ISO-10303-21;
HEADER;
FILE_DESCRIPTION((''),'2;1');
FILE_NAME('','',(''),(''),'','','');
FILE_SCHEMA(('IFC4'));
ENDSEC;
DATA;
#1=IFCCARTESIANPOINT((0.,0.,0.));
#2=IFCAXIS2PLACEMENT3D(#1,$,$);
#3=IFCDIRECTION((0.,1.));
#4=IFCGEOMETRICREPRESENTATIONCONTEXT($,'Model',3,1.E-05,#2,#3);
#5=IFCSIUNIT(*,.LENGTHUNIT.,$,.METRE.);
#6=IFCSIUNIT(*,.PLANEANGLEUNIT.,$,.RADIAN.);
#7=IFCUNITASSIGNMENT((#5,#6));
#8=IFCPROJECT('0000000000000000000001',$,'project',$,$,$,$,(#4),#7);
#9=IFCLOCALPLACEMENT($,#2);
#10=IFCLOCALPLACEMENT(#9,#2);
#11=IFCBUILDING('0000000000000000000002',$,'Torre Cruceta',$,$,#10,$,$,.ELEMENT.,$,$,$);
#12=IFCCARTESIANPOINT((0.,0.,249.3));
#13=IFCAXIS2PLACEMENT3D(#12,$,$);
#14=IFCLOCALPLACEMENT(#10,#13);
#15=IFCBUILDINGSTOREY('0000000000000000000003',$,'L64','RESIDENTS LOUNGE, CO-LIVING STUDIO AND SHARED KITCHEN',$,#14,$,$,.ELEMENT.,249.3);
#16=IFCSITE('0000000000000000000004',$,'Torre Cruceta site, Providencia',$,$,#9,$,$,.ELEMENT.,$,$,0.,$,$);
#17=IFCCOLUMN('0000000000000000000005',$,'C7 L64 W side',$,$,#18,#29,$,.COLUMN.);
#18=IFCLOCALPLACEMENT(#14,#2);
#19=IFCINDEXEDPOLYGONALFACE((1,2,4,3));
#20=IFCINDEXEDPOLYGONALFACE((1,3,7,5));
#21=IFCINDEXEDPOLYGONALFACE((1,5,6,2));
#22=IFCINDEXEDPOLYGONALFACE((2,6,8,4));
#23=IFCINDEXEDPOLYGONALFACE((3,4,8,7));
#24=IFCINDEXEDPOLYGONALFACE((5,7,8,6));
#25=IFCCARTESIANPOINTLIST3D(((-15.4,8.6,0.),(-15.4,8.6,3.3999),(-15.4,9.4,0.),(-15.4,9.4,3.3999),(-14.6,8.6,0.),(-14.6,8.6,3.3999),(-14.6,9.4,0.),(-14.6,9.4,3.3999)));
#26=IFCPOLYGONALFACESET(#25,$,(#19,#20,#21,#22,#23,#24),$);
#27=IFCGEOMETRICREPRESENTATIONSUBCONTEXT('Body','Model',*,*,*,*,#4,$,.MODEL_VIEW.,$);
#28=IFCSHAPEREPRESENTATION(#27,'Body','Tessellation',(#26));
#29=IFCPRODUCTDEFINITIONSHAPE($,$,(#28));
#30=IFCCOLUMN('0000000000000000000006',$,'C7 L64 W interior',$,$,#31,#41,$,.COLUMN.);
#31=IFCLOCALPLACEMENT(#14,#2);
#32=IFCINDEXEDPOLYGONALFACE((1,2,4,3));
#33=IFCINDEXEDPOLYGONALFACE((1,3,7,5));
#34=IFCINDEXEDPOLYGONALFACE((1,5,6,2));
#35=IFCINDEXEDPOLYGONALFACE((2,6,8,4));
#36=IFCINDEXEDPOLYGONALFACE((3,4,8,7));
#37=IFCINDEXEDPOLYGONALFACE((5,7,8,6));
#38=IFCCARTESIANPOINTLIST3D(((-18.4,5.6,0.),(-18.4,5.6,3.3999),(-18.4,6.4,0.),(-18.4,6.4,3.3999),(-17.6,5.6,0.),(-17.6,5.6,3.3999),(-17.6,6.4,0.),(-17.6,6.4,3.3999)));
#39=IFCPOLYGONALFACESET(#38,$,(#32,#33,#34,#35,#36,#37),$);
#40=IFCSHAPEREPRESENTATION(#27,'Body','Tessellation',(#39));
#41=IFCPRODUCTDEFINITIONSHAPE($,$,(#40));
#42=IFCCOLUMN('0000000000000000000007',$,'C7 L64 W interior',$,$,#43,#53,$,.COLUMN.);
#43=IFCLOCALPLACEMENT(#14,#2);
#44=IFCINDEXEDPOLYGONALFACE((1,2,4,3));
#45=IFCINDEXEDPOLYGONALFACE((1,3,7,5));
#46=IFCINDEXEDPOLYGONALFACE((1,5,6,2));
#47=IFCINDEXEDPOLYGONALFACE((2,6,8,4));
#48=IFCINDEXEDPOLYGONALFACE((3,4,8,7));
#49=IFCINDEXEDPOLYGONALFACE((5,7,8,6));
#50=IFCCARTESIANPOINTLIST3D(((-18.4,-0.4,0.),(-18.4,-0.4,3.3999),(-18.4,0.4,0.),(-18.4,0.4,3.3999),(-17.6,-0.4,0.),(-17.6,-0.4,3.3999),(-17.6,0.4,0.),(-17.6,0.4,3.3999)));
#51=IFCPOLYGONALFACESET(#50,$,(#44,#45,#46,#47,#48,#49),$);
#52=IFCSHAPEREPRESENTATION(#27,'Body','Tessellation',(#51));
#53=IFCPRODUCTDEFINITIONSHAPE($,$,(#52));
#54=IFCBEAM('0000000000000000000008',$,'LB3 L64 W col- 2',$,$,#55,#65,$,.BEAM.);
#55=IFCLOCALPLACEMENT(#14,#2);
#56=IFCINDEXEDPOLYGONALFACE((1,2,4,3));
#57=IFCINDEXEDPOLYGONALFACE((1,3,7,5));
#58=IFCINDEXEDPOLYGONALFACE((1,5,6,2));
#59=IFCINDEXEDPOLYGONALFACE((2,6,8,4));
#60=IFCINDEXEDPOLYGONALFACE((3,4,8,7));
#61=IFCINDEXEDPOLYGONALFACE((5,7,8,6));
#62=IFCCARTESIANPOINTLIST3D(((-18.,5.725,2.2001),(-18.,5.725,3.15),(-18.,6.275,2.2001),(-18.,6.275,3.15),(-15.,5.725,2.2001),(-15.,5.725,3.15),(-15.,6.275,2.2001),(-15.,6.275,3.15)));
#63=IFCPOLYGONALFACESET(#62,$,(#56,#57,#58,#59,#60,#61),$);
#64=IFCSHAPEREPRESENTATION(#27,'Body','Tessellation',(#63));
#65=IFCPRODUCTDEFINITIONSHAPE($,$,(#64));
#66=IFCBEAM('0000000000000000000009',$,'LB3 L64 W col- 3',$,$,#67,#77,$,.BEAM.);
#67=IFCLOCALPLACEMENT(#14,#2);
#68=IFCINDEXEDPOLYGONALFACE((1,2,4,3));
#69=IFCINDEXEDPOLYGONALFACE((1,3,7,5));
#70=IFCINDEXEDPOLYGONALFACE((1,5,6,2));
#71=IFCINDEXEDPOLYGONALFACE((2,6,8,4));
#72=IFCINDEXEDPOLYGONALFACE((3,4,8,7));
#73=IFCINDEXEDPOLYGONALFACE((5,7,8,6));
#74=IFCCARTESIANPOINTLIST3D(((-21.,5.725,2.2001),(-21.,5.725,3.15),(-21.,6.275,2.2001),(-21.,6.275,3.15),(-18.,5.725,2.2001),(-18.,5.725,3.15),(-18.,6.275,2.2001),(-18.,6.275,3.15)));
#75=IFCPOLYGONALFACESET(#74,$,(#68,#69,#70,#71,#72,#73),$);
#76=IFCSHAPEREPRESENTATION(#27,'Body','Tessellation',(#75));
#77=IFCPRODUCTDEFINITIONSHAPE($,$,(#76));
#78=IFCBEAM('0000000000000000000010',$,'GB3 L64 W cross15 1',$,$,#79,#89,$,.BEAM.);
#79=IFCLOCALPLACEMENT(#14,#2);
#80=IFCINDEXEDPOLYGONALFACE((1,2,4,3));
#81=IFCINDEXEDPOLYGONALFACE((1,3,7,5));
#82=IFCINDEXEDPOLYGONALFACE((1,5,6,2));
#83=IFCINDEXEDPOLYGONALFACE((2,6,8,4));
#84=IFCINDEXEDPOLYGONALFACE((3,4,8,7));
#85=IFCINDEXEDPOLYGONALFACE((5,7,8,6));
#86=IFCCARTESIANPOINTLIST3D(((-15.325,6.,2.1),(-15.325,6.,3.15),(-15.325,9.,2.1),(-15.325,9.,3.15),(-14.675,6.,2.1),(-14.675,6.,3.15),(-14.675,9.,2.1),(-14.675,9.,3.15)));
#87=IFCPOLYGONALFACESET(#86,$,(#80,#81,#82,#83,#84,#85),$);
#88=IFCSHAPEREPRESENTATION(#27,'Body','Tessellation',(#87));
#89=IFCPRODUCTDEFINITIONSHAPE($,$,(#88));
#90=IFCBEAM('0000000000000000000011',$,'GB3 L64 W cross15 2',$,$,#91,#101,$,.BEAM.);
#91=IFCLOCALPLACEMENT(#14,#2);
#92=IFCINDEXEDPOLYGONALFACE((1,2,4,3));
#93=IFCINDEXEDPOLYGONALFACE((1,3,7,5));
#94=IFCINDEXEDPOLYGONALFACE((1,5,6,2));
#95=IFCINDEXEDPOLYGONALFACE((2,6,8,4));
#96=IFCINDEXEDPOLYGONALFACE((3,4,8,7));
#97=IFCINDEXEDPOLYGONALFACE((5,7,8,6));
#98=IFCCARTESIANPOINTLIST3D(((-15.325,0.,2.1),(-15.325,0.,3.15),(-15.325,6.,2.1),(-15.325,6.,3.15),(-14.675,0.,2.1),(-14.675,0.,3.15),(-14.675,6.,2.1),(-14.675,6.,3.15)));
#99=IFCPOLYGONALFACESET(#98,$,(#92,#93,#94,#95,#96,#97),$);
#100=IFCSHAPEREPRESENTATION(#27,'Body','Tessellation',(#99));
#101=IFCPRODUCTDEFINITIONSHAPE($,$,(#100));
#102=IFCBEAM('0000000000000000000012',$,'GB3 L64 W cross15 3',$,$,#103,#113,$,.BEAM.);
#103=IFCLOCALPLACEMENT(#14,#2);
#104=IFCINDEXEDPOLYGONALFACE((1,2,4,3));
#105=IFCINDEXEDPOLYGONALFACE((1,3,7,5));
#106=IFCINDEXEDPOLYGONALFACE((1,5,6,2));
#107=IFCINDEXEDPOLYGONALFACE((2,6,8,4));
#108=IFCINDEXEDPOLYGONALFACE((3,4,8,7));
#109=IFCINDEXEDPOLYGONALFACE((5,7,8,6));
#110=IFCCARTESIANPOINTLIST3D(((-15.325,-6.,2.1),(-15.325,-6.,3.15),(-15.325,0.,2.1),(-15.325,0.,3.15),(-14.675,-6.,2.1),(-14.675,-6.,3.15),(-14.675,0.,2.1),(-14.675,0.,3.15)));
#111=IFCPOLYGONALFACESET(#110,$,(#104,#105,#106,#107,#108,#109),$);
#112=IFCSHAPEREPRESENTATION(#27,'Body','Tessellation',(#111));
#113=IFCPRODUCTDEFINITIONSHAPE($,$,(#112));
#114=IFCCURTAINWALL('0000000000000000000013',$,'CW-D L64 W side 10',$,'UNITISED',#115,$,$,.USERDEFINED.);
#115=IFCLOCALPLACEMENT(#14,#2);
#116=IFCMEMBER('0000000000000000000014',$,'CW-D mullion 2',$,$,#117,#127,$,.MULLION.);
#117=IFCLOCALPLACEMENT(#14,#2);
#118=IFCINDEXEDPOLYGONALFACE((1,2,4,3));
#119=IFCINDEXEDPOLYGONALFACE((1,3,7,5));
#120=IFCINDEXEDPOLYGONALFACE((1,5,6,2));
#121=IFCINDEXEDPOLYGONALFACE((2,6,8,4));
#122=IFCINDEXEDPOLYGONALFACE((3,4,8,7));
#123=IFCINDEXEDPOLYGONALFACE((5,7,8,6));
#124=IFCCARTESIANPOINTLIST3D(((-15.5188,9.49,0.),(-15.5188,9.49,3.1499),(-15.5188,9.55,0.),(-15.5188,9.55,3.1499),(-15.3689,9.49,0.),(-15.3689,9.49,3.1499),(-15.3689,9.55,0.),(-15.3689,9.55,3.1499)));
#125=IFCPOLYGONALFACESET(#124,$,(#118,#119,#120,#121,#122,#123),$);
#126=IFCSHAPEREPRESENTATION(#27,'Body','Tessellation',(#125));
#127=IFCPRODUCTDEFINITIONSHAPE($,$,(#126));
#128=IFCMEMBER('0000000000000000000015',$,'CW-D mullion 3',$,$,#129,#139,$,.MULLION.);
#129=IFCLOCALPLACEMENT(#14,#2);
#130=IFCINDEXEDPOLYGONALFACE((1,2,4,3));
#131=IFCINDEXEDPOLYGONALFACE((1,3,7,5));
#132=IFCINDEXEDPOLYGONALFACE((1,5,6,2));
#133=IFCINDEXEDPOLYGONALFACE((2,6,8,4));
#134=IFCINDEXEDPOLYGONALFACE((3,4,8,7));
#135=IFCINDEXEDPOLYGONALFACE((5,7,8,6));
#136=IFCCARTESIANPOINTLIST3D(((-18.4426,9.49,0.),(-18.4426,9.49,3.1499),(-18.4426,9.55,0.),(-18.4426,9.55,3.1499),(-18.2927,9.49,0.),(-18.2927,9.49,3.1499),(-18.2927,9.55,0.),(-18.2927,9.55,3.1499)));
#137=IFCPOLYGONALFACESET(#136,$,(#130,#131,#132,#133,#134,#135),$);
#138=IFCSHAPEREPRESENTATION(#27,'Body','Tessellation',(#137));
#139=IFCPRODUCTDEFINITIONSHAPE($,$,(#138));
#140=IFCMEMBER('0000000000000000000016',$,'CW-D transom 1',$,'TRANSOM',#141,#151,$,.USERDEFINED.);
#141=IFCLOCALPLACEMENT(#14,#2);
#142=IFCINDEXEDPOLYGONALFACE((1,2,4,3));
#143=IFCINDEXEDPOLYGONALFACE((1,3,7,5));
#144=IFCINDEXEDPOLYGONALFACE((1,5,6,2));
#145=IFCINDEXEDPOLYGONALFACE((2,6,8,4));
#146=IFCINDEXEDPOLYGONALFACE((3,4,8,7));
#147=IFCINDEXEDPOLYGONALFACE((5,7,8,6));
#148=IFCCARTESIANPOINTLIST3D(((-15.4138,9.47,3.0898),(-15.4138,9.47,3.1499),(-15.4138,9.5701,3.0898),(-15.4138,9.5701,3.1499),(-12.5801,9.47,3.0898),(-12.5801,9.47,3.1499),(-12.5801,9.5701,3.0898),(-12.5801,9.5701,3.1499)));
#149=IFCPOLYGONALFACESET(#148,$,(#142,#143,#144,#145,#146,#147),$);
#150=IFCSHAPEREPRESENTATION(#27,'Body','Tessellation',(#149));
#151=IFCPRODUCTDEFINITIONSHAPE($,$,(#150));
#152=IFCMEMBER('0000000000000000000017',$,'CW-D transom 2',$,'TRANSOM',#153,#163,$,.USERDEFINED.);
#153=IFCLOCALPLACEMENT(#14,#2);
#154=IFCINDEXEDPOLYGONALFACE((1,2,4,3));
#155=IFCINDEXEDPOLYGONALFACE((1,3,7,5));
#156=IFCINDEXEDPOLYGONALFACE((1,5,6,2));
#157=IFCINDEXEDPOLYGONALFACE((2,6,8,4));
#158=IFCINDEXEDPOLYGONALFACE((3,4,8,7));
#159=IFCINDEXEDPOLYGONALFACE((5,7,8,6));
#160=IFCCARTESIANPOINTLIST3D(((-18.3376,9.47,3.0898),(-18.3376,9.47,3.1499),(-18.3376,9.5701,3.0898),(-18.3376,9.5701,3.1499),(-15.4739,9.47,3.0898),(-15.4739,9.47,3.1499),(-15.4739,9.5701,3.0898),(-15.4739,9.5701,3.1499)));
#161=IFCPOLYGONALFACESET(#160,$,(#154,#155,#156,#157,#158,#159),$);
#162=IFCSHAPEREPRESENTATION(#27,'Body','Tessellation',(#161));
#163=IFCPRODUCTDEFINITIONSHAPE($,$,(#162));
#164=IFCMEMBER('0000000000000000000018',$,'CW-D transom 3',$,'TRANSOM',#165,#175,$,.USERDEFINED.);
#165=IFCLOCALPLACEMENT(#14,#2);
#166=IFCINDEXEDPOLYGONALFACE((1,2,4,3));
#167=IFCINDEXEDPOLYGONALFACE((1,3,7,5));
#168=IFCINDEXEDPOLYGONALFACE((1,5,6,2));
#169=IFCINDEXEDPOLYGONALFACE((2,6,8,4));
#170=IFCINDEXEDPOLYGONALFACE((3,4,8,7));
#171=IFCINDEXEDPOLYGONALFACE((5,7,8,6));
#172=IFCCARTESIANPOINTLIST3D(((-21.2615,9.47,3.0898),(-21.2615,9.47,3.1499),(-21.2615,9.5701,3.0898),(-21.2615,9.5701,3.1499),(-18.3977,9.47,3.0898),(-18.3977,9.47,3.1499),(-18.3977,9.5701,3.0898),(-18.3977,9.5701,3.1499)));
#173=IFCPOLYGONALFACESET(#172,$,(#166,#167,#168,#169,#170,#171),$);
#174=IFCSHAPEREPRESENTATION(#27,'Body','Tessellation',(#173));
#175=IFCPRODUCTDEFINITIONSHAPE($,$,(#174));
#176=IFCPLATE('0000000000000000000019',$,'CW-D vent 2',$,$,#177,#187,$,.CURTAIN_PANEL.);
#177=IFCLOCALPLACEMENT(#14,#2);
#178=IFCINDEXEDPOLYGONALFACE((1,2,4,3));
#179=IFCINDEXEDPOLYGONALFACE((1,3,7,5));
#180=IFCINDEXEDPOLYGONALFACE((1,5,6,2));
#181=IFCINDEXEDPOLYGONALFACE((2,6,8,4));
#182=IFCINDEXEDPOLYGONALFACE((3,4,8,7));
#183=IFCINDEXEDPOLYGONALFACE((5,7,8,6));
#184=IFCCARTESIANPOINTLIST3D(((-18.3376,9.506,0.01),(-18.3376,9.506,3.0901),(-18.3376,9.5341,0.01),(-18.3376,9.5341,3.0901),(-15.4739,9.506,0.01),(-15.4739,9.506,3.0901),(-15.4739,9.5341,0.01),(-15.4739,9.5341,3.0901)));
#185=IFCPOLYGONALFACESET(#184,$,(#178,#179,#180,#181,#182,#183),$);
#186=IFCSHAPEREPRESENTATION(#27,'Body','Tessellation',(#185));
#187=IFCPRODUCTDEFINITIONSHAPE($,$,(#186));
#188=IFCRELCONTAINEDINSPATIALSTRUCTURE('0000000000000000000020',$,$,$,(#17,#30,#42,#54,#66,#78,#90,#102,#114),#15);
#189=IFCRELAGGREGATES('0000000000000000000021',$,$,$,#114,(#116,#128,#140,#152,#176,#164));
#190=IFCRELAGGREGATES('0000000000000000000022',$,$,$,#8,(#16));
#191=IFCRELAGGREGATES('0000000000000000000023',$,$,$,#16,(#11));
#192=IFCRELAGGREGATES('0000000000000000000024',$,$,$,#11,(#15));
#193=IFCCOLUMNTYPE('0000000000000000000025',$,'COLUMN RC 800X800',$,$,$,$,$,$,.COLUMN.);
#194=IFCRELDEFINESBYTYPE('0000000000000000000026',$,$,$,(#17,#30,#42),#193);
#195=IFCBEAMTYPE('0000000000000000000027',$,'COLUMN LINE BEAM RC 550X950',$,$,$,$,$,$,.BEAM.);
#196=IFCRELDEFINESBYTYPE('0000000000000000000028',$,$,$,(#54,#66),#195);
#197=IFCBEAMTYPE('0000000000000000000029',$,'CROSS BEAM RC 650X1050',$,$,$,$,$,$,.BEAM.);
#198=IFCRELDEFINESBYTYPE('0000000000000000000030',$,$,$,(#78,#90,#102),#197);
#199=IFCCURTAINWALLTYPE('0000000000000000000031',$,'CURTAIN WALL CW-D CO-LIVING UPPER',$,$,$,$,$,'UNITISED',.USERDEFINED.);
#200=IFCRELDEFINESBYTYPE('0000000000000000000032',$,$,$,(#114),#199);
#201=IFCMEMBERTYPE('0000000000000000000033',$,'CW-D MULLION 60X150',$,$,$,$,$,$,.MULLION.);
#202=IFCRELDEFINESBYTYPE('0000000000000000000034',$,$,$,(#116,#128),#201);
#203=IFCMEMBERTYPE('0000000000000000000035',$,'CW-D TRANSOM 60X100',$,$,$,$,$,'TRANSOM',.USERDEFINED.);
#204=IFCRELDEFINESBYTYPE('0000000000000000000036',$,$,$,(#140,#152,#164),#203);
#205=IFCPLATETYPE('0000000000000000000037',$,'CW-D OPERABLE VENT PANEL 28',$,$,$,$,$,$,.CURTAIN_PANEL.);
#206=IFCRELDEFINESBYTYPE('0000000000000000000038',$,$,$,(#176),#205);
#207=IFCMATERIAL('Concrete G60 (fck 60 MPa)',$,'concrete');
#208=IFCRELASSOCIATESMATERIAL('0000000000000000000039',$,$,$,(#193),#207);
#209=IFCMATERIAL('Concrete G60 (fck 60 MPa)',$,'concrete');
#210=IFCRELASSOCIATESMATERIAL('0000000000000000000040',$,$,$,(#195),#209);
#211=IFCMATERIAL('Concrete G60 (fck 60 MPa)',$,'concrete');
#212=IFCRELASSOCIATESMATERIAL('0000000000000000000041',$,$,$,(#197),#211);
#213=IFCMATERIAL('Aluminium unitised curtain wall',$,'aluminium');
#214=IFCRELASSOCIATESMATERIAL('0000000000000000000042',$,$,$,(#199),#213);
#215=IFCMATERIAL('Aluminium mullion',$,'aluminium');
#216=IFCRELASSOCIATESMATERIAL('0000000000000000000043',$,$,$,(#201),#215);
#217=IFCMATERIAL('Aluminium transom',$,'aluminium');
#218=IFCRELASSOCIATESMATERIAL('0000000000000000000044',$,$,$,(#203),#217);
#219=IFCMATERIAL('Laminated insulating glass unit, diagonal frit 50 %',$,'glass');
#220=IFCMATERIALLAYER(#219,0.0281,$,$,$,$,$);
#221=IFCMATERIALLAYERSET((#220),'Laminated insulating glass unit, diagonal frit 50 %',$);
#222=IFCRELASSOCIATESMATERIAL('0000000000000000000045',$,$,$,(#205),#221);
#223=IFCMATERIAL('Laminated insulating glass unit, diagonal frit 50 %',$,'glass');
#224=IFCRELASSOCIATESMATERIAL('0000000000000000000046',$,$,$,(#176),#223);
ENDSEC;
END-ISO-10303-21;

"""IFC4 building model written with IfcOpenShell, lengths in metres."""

from ifc_helpers import new_model, si_unit, direction, frame, origin, origin_2d, place, context, subcontext, project, spatial, rectangle, extrude, material, layer, layer_set, material_profile, profile_set, type_object, element, aggregate, save


model = new_model("IFC4")

# Units and contexts
model_context = context("Model", 3, precision=1e-05, world=origin(), true_north=direction((0.0, 1.0)))
body_context = subcontext(model_context, "Body", "Model", "MODEL_VIEW")
ifc_project = project(units=[si_unit("LENGTHUNIT", "METRE"), si_unit("PLANEANGLEUNIT", "RADIAN")], contexts=[model_context])

# Site, building, storey
site_placement = place(None, origin())
site = spatial("IfcSite", under=ifc_project, at=site_placement, Name="Torre Cruceta site, Providencia", CompositionType="ELEMENT", RefElevation=0.0)
building_placement = place(site_placement, origin())
building = spatial("IfcBuilding", under=site, at=building_placement, Name="Torre Cruceta", CompositionType="ELEMENT")
storey_placement = place(building_placement, frame((0.0, 0.0, 249.3)))
storey = spatial("IfcBuildingStorey", under=building, at=storey_placement, Name="L64", Description="RESIDENTS LOUNGE, CO-LIVING STUDIO AND SHARED KITCHEN", CompositionType="ELEMENT", Elevation=249.3)

# Columns
ifc_material_1 = material(Name="Concrete G60 (fck 60 MPa)", Category="concrete")
ifc_material_profile_1 = material_profile(ifc_material_1, rectangle(XDim=0.8, YDim=0.8, at=origin_2d()), Name="RC 800X800")
ifc_profile_set_1 = profile_set([ifc_material_profile_1], Name="Concrete G60 (fck 60 MPa)")
column_type = type_object("IfcColumnType", Name="COLUMN RC 800X800", PredefinedType="COLUMN", material=ifc_profile_set_1)
for number, where, z_axis, x_axis, name in (
    (1, (-15.0, 9.0, 0.0), (0.0, 0.0, 1.0), (1.0, 0.0, 0.0), "C7 L64 W side"),
    (2, (-18.0, 6.0, 0.0), (0.0, 0.0, 1.0), (1.0, 0.0, 0.0), "C7 L64 W interior"),
    (3, (-18.0, 0.0, 0.0), (0.0, 0.0, 1.0), (1.0, 0.0, 0.0), "C7 L64 W interior"),
):
    element("IfcColumn", number, at=place(storey_placement, frame(where, z_axis=z_axis, x_axis=x_axis)), inside=storey, type_object=column_type, Name=name, PredefinedType="COLUMN", context=body_context, shape_type="SweptSolid", body=[
        extrude(rectangle(XDim=0.8, YDim=0.8, at=origin_2d()), origin(), (0.0, 0.0, 1.0), 3.3999),
    ])

# Beams
ifc_material_2 = material(Name="Concrete G60 (fck 60 MPa)", Category="concrete")
ifc_material_profile_2 = material_profile(ifc_material_2, rectangle(XDim=0.55, YDim=0.95, at=origin_2d()), Name="RC 550X950")
ifc_profile_set_2 = profile_set([ifc_material_profile_2], Name="Concrete G60 (fck 60 MPa)")
beam_type_1 = type_object("IfcBeamType", Name="COLUMN LINE BEAM RC 550X950", PredefinedType="BEAM", material=ifc_profile_set_2)
for number, where, z_axis, x_axis, name in (
    (4, (-15.0, 6.0, 2.675), (-1.0, 0.0, 0.0), (0.0, -1.0, 0.0), "LB3 L64 W col- 2"),
    (5, (-18.0, 6.0, 2.675), (-1.0, 0.0, 0.0), (0.0, -1.0, 0.0), "LB3 L64 W col- 3"),
):
    element("IfcBeam", number, at=place(storey_placement, frame(where, z_axis=z_axis, x_axis=x_axis)), inside=storey, type_object=beam_type_1, Name=name, PredefinedType="BEAM", context=body_context, shape_type="SweptSolid", body=[
        extrude(rectangle(XDim=0.55, YDim=0.95, at=origin_2d()), origin(), (0.0, 0.0, 1.0), 3.0),
    ])
ifc_material_3 = material(Name="Concrete G60 (fck 60 MPa)", Category="concrete")
ifc_material_profile_3 = material_profile(ifc_material_3, rectangle(XDim=0.6499, YDim=1.05, at=origin_2d()), Name="RC 650X1050")
ifc_profile_set_3 = profile_set([ifc_material_profile_3], Name="Concrete G60 (fck 60 MPa)")
beam_type_2 = type_object("IfcBeamType", Name="CROSS BEAM RC 650X1050", PredefinedType="BEAM", material=ifc_profile_set_3)
beam_placement = place(storey_placement, frame((-15.0, 9.0, 2.625), z_axis=(0.0, -1.0, 0.0), x_axis=(1.0, 0.0, 0.0)))
element("IfcBeam", 6, at=beam_placement, inside=storey, type_object=beam_type_2, Name="GB3 L64 W cross15 1", PredefinedType="BEAM", context=body_context, shape_type="SweptSolid", body=[
    extrude(rectangle(XDim=0.6499, YDim=1.05, at=origin_2d()), origin(), (0.0, 0.0, 1.0), 3.0),
])
for number, where, z_axis, x_axis, name in (
    (7, (-15.0, 6.0, 2.625), (0.0, -1.0, 0.0), (1.0, 0.0, 0.0), "GB3 L64 W cross15 2"),
    (8, (-15.0, 0.0, 2.625), (0.0, -1.0, 0.0), (1.0, 0.0, 0.0), "GB3 L64 W cross15 3"),
):
    element("IfcBeam", number, at=place(storey_placement, frame(where, z_axis=z_axis, x_axis=x_axis)), inside=storey, type_object=beam_type_2, Name=name, PredefinedType="BEAM", context=body_context, shape_type="SweptSolid", body=[
        extrude(rectangle(XDim=0.6499, YDim=1.05, at=origin_2d()), origin(), (0.0, 0.0, 1.0), 6.0),
    ])

# Curtain wall, members, plate
ifc_material_4 = material(Name="Aluminium unitised curtain wall", Category="aluminium")
curtain_wall_type = type_object("IfcCurtainWallType", Name="CURTAIN WALL CW-D CO-LIVING UPPER", ElementType="UNITISED", PredefinedType="USERDEFINED", material=ifc_material_4)
curtain_wall_placement = place(storey_placement, origin())
curtain_wall = element("IfcCurtainWall", 9, at=curtain_wall_placement, inside=storey, type_object=curtain_wall_type, Name="CW-D L64 W side 10", ObjectType="UNITISED", PredefinedType="USERDEFINED")
ifc_material_5 = material(Name="Aluminium mullion", Category="aluminium")
ifc_material_profile_4 = material_profile(ifc_material_5, rectangle(XDim=0.0601, YDim=0.1499, at=origin_2d()), Name="AL 60X150")
ifc_profile_set_4 = profile_set([ifc_material_profile_4], Name="Aluminium mullion")
member_type_1 = type_object("IfcMemberType", Name="CW-D MULLION 60X150", PredefinedType="MULLION", material=ifc_profile_set_4)
member_1_placement = place(storey_placement, frame((-15.4438, 9.52, 0.0), z_axis=(0.0, 0.0, 1.0), x_axis=(0.0, -1.0, 0.0)))
member_1 = element("IfcMember", 10, at=member_1_placement, type_object=member_type_1, Name="CW-D mullion 2", PredefinedType="MULLION", context=body_context, shape_type="SweptSolid", body=[
    extrude(rectangle(XDim=0.0601, YDim=0.1499, at=origin_2d()), origin(), (0.0, 0.0, 1.0), 3.1499),
])
member_2_placement = place(storey_placement, frame((-18.3677, 9.52, 0.0), z_axis=(0.0, 0.0, 1.0), x_axis=(0.0, -1.0, 0.0)))
member_2 = element("IfcMember", 11, at=member_2_placement, type_object=member_type_1, Name="CW-D mullion 3", PredefinedType="MULLION", context=body_context, shape_type="SweptSolid", body=[
    extrude(rectangle(XDim=0.0601, YDim=0.1499, at=origin_2d()), origin(), (0.0, 0.0, 1.0), 3.1499),
])
ifc_material_6 = material(Name="Aluminium transom", Category="aluminium")
ifc_material_profile_5 = material_profile(ifc_material_6, rectangle(XDim=0.1001, YDim=0.0601, at=origin_2d()), Name="AL 100X60")
ifc_profile_set_5 = profile_set([ifc_material_profile_5], Name="Aluminium transom")
member_type_2 = type_object("IfcMemberType", Name="CW-D TRANSOM 60X100", ElementType="TRANSOM", PredefinedType="USERDEFINED", material=ifc_profile_set_5)
member_3_placement = place(storey_placement, frame((-12.5801, 9.52, 3.1199), z_axis=(-1.0, 0.0, 0.0), x_axis=(0.0, -1.0, 0.0)))
member_3 = element("IfcMember", 12, at=member_3_placement, type_object=member_type_2, Name="CW-D transom 1", ObjectType="TRANSOM", PredefinedType="USERDEFINED", context=body_context, shape_type="SweptSolid", body=[
    extrude(rectangle(XDim=0.1001, YDim=0.0601, at=origin_2d()), origin(), (0.0, 0.0, 1.0), 2.8337),
])
member_4_placement = place(storey_placement, frame((-15.4739, 9.52, 3.1199), z_axis=(-1.0, 0.0, 0.0), x_axis=(0.0, -1.0, 0.0)))
member_4 = element("IfcMember", 13, at=member_4_placement, type_object=member_type_2, Name="CW-D transom 2", ObjectType="TRANSOM", PredefinedType="USERDEFINED", context=body_context, shape_type="SweptSolid", body=[
    extrude(rectangle(XDim=0.1001, YDim=0.0601, at=origin_2d()), origin(), (0.0, 0.0, 1.0), 2.8638),
])
member_5_placement = place(storey_placement, frame((-18.3977, 9.52, 3.1199), z_axis=(-1.0, 0.0, 0.0), x_axis=(0.0, -1.0, 0.0)))
member_5 = element("IfcMember", 14, at=member_5_placement, type_object=member_type_2, Name="CW-D transom 3", ObjectType="TRANSOM", PredefinedType="USERDEFINED", context=body_context, shape_type="SweptSolid", body=[
    extrude(rectangle(XDim=0.1001, YDim=0.0601, at=origin_2d()), origin(), (0.0, 0.0, 1.0), 2.8638),
])
ifc_material_7 = material(Name="Laminated insulating glass unit, diagonal frit 50 %", Category="glass")
ifc_material_8 = material(Name="Laminated insulating glass unit, diagonal frit 50 %", Category="glass")
ifc_layer_1 = layer(ifc_material_8, 0.0281)
ifc_layer_set_1 = layer_set([ifc_layer_1], Name="Laminated insulating glass unit, diagonal frit 50 %")
plate_type_1 = type_object("IfcPlateType", Name="CW-D OPERABLE VENT PANEL 28", PredefinedType="CURTAIN_PANEL", material=ifc_layer_set_1)
plate_1_placement = place(storey_placement, frame((-16.9058, 9.52, 0.01), z_axis=(0.0, 0.0, 1.0), x_axis=(-1.0, 0.0, 0.0)))
plate_1 = element("IfcPlate", 15, at=plate_1_placement, type_object=plate_type_1, material=ifc_material_7, Name="CW-D vent 2", PredefinedType="CURTAIN_PANEL", context=body_context, shape_type="SweptSolid", body=[
    extrude(rectangle(XDim=2.8638, YDim=0.0281, at=origin_2d()), origin(), (0.0, 0.0, 1.0), 3.0801),
])
aggregate(curtain_wall, [member_1, member_2, member_3, member_4, plate_1, member_5])

save(model, "model.ifc")
